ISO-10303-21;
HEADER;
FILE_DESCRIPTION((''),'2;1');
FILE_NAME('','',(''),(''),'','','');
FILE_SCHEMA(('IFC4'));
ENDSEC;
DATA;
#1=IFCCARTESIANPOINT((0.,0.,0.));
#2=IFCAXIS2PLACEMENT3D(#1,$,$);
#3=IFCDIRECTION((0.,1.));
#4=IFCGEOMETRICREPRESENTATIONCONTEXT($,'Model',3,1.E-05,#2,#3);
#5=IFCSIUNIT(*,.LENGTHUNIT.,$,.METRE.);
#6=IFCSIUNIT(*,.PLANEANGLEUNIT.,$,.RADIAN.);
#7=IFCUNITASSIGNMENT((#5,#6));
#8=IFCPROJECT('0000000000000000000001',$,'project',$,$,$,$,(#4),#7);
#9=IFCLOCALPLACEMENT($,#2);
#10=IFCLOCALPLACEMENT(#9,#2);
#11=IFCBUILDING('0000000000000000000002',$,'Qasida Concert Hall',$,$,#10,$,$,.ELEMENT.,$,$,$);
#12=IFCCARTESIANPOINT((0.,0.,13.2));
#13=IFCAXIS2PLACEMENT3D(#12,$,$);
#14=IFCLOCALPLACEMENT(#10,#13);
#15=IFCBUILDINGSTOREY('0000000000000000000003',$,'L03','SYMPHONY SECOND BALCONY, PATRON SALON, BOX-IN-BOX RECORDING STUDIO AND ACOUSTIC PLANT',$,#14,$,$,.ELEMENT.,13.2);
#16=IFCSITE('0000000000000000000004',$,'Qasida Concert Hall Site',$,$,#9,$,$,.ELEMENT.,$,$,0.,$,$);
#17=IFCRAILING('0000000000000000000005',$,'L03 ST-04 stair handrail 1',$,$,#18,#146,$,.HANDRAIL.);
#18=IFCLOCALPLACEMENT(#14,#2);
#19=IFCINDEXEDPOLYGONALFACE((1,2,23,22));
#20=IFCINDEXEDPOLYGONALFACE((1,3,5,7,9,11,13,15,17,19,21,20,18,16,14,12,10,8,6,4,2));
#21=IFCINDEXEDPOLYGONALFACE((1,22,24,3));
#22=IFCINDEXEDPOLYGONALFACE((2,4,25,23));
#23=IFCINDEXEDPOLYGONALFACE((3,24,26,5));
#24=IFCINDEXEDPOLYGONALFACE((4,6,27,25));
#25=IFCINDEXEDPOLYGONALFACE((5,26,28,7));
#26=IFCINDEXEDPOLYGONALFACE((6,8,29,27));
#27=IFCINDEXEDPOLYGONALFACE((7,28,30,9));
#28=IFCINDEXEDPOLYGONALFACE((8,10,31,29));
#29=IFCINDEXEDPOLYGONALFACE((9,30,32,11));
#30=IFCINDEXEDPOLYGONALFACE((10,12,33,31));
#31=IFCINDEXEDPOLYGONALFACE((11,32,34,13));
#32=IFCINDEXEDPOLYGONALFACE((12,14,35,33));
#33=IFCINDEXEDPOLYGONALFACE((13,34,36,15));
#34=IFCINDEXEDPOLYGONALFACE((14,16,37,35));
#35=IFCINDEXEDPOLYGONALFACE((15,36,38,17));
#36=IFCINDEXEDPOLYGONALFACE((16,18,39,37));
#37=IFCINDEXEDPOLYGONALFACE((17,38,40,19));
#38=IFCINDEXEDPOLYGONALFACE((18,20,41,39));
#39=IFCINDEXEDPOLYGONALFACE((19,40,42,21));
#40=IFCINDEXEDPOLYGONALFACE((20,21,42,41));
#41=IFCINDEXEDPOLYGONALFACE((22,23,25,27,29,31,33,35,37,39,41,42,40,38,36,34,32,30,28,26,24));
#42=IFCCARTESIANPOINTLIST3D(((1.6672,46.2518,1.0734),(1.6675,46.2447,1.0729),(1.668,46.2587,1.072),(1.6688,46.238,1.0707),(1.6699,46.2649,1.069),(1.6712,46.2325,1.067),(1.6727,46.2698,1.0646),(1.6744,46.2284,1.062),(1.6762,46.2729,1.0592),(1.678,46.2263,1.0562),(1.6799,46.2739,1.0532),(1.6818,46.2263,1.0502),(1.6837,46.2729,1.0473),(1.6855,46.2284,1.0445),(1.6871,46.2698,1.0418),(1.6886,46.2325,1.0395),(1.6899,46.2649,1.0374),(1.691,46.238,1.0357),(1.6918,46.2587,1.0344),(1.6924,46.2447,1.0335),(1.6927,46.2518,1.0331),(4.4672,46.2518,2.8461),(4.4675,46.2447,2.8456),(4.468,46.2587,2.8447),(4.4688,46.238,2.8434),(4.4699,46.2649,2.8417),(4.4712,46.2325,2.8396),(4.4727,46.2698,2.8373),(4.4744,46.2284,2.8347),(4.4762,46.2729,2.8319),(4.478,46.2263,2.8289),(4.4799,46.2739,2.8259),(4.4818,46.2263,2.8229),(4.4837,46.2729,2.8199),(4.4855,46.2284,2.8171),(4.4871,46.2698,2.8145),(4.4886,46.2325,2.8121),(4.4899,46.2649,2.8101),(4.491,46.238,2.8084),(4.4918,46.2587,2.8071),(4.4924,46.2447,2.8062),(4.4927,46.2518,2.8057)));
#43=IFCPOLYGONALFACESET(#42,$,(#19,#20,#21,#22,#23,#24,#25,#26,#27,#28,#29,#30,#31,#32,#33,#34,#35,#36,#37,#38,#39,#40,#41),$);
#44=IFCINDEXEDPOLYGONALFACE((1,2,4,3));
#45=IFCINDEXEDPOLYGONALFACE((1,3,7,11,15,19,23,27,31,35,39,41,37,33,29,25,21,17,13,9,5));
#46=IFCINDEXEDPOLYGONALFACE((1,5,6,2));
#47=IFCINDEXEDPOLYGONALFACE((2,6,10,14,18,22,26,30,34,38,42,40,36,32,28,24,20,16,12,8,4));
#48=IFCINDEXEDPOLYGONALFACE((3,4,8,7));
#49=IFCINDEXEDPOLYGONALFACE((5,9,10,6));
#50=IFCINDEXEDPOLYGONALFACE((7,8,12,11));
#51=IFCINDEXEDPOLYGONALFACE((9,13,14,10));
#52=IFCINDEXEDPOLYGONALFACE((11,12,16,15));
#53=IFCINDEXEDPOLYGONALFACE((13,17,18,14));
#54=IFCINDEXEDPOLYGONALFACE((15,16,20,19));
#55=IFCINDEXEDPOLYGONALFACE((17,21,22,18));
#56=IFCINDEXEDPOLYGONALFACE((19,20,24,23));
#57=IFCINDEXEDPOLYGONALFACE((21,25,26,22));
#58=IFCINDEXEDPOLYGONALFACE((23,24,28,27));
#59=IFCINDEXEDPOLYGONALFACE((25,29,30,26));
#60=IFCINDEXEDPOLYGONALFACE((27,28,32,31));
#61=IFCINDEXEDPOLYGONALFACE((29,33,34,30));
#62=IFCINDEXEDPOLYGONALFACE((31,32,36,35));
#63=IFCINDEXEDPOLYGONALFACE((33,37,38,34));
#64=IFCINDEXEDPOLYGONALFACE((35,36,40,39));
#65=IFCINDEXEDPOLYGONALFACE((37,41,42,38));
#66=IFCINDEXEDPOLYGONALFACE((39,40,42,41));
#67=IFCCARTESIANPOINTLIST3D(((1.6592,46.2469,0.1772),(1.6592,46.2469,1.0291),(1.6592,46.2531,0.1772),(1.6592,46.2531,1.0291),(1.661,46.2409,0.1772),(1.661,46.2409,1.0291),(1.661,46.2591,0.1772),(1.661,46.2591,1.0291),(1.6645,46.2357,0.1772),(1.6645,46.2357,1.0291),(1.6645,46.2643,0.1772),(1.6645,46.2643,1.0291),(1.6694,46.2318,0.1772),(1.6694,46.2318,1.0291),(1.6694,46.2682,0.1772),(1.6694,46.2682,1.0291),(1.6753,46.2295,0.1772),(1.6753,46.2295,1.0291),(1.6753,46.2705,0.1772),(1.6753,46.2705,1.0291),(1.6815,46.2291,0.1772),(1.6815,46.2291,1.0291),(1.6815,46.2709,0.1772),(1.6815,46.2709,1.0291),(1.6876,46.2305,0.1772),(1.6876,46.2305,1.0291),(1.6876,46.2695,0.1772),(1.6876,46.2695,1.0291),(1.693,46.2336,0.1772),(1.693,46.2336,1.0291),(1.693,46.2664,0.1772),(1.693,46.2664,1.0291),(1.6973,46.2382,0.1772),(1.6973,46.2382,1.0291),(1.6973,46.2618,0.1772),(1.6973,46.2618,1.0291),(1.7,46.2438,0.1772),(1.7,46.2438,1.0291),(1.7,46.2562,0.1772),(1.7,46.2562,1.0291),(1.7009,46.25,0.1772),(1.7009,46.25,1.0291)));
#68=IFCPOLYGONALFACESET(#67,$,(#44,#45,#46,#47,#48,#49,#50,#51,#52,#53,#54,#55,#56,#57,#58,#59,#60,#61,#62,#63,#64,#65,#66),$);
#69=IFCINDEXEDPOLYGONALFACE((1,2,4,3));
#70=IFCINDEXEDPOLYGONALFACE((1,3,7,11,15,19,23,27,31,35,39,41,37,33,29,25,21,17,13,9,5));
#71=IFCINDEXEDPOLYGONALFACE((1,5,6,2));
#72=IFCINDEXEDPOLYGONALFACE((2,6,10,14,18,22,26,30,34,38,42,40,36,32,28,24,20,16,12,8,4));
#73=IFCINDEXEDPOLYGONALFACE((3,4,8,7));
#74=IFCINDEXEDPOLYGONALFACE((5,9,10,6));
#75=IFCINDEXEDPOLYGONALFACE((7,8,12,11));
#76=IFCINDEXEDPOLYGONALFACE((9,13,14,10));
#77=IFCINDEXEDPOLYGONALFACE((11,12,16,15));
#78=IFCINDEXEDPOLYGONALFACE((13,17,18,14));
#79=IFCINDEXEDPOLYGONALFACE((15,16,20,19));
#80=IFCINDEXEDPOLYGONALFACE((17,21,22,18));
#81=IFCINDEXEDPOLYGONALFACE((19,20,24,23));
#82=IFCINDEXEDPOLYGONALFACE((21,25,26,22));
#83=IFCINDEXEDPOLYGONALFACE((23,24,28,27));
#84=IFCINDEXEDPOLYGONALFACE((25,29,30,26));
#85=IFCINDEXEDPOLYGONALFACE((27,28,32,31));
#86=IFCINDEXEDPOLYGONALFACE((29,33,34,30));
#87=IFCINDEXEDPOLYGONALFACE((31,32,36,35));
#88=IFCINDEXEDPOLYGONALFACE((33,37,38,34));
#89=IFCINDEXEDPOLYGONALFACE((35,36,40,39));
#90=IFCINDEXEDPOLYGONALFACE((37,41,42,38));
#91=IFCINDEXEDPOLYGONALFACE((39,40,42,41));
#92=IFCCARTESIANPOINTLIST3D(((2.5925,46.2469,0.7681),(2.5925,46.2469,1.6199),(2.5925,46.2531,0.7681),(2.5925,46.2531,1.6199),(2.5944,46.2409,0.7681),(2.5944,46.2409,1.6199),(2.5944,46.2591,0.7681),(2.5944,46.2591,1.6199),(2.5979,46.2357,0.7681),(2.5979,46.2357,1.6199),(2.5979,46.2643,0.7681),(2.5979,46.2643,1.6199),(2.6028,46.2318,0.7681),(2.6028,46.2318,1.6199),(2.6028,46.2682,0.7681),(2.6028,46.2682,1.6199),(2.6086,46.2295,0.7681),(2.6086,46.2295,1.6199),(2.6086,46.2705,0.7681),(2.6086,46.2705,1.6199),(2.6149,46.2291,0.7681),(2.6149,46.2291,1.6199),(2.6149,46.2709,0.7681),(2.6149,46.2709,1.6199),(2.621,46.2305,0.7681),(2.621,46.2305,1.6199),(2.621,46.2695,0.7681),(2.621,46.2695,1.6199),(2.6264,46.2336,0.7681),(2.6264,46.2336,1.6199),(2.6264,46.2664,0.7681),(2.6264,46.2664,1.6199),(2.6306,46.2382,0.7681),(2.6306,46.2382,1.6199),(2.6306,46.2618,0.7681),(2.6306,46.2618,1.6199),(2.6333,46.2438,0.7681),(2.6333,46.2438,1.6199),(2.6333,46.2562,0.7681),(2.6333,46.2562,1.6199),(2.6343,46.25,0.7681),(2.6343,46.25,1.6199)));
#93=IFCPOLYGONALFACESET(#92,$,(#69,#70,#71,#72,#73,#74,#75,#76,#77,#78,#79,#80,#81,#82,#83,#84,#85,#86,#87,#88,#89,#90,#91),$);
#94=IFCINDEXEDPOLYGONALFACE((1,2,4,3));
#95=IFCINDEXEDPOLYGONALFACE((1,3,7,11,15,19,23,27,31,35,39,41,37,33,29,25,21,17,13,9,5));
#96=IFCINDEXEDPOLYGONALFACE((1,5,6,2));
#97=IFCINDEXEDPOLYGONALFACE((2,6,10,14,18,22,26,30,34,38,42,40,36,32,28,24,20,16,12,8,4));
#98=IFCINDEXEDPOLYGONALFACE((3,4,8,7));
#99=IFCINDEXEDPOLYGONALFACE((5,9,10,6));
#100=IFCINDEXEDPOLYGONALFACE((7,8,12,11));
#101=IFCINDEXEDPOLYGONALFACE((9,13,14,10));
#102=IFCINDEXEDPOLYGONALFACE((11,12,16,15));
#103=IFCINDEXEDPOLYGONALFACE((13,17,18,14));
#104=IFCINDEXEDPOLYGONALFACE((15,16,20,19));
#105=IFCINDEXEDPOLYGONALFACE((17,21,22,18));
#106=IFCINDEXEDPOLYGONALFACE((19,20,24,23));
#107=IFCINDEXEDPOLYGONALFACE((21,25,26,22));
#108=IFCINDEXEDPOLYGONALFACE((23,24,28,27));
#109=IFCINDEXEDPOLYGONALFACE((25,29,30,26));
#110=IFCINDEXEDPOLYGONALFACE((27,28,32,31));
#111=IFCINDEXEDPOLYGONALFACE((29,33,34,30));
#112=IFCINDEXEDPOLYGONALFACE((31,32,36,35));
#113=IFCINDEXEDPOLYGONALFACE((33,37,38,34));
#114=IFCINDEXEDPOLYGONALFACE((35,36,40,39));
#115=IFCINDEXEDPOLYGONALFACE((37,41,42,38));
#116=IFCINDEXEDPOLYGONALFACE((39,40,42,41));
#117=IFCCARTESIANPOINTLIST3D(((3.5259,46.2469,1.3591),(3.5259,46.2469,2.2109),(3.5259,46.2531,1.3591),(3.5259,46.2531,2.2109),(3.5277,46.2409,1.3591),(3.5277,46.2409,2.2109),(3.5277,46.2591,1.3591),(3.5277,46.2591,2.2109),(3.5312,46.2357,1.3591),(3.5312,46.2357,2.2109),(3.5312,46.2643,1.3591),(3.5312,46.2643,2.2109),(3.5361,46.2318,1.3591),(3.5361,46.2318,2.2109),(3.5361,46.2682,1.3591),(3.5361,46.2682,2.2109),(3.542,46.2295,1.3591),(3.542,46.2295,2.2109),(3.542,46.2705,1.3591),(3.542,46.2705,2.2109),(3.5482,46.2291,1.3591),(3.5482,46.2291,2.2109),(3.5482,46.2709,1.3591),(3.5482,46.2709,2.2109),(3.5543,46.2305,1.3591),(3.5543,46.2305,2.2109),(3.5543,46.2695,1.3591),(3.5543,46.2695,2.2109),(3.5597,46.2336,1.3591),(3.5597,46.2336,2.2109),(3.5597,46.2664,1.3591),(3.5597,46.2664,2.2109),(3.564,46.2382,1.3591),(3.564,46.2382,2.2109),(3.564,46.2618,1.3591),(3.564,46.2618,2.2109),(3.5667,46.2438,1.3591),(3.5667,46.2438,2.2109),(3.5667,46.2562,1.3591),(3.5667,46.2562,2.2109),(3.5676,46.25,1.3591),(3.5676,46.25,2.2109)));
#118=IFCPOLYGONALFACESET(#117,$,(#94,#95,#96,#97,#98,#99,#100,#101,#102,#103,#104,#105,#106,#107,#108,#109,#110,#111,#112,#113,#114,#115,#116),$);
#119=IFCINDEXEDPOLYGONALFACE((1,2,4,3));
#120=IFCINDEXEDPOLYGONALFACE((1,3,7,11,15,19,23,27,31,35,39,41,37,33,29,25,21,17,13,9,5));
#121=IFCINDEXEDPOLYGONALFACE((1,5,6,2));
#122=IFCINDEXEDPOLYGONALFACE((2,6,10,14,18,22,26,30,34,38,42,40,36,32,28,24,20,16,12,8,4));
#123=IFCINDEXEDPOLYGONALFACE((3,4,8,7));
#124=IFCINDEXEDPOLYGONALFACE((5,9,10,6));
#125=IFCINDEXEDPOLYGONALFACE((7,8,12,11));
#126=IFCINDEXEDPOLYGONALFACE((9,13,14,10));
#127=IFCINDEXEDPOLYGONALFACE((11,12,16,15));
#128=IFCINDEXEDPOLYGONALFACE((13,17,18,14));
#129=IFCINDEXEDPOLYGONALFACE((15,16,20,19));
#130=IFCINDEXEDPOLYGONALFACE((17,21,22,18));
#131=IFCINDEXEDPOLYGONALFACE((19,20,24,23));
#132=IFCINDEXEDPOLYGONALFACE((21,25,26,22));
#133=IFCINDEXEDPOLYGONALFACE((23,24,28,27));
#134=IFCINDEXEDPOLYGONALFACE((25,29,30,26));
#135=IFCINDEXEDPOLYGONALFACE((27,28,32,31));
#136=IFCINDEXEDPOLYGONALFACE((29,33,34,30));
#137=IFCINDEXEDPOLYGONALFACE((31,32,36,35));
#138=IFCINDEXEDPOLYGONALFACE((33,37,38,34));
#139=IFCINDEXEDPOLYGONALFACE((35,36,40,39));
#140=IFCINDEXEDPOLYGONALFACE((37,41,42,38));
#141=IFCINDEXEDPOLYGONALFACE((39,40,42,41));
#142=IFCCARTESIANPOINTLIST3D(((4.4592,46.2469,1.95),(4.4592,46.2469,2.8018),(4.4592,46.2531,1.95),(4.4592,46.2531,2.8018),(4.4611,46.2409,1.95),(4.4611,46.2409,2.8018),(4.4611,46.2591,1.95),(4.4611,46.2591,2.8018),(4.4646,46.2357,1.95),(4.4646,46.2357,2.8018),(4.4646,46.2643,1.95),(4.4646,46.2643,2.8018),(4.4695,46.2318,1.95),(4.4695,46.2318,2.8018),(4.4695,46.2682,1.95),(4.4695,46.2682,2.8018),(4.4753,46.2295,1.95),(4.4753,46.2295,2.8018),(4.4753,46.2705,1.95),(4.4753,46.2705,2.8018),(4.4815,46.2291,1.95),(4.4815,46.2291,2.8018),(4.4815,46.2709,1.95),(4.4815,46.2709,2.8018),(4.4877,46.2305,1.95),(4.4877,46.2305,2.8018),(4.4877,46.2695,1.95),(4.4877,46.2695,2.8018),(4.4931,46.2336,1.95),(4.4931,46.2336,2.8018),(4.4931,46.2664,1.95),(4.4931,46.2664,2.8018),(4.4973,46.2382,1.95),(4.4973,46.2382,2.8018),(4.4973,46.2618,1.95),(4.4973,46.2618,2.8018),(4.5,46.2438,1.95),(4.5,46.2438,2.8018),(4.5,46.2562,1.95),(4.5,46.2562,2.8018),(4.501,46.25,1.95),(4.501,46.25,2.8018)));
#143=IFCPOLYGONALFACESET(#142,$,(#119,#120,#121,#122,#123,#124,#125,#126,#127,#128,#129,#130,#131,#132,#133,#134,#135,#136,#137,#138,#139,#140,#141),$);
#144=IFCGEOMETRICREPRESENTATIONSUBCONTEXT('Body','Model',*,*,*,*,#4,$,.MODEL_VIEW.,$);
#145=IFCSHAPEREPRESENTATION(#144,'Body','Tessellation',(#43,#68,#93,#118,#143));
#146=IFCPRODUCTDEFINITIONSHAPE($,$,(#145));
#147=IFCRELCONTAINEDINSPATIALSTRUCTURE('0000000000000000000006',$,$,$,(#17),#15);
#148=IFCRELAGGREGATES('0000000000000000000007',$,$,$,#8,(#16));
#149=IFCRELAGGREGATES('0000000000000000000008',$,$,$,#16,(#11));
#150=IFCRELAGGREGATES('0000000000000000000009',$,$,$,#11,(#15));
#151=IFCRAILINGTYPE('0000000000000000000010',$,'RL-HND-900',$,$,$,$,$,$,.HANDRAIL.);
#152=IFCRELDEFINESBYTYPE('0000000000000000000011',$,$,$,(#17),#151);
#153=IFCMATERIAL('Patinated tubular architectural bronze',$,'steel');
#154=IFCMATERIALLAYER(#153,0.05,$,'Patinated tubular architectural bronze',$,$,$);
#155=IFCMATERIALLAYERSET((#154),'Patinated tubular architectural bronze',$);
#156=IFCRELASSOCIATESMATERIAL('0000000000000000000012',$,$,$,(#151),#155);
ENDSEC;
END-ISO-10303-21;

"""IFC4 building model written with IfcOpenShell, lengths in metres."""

from ifc_helpers import new_model, si_unit, direction, frame, origin, origin_2d, place, context, subcontext, project, spatial, circle, extrude, material, layer, layer_set, type_object, element, save


model = new_model("IFC4")

# Units and contexts
model_context = context("Model", 3, precision=1e-05, world=origin(), true_north=direction((0.0, 1.0)))
body_context = subcontext(model_context, "Body", "Model", "MODEL_VIEW")
ifc_project = project(units=[si_unit("LENGTHUNIT", "METRE"), si_unit("PLANEANGLEUNIT", "RADIAN")], contexts=[model_context])

# Site, building, storey
site_placement = place(None, origin())
site = spatial("IfcSite", under=ifc_project, at=site_placement, Name="Qasida Concert Hall Site", CompositionType="ELEMENT", RefElevation=0.0)
building_placement = place(site_placement, origin())
building = spatial("IfcBuilding", under=site, at=building_placement, Name="Qasida Concert Hall", CompositionType="ELEMENT")
storey_placement = place(building_placement, frame((0.0, 0.0, 13.2)))
storey = spatial("IfcBuildingStorey", under=building, at=storey_placement, Name="L03", Description="SYMPHONY SECOND BALCONY, PATRON SALON, BOX-IN-BOX RECORDING STUDIO AND ACOUSTIC PLANT", CompositionType="ELEMENT", Elevation=13.2)

# Railing
ifc_material_1 = material(Name="Patinated tubular architectural bronze", Category="steel")
ifc_layer_1 = layer(ifc_material_1, 0.05, Name="Patinated tubular architectural bronze")
ifc_layer_set_1 = layer_set([ifc_layer_1], Name="Patinated tubular architectural bronze")
railing_type_1 = type_object("IfcRailingType", Name="RL-HND-900", PredefinedType="HANDRAIL", material=ifc_layer_set_1)
railing_1_placement = place(storey_placement, frame((1.6799, 46.25, 0.1772)))
element("IfcRailing", 1, at=railing_1_placement, inside=storey, type_object=railing_type_1, Name="L03 ST-04 stair handrail 1", PredefinedType="HANDRAIL", context=body_context, shape_type="SweptSolid", body=[
    extrude(circle(Radius=0.0239, at=origin_2d()), frame((0.0, 0.0, 0.876), z_axis=(0.844909, 0.0, 0.53491), x_axis=(0.0, 1.0, 0.0)), (0.0, 0.0, 1.0), 3.314),
    extrude(circle(Radius=0.021, at=origin_2d()), origin(), (0.0, 0.0, 1.0), 0.8518),
    extrude(circle(Radius=0.021, at=origin_2d()), frame((0.9333, 0.0, 0.5908)), (0.0, 0.0, 1.0), 0.8518),
    extrude(circle(Radius=0.021, at=origin_2d()), frame((1.8667, 0.0, 1.1819)), (0.0, 0.0, 1.0), 0.8518),
    extrude(circle(Radius=0.021, at=origin_2d()), frame((2.8, 0.0, 1.7727)), (0.0, 0.0, 1.0), 0.8518),
])

save(model, "model.ifc")
